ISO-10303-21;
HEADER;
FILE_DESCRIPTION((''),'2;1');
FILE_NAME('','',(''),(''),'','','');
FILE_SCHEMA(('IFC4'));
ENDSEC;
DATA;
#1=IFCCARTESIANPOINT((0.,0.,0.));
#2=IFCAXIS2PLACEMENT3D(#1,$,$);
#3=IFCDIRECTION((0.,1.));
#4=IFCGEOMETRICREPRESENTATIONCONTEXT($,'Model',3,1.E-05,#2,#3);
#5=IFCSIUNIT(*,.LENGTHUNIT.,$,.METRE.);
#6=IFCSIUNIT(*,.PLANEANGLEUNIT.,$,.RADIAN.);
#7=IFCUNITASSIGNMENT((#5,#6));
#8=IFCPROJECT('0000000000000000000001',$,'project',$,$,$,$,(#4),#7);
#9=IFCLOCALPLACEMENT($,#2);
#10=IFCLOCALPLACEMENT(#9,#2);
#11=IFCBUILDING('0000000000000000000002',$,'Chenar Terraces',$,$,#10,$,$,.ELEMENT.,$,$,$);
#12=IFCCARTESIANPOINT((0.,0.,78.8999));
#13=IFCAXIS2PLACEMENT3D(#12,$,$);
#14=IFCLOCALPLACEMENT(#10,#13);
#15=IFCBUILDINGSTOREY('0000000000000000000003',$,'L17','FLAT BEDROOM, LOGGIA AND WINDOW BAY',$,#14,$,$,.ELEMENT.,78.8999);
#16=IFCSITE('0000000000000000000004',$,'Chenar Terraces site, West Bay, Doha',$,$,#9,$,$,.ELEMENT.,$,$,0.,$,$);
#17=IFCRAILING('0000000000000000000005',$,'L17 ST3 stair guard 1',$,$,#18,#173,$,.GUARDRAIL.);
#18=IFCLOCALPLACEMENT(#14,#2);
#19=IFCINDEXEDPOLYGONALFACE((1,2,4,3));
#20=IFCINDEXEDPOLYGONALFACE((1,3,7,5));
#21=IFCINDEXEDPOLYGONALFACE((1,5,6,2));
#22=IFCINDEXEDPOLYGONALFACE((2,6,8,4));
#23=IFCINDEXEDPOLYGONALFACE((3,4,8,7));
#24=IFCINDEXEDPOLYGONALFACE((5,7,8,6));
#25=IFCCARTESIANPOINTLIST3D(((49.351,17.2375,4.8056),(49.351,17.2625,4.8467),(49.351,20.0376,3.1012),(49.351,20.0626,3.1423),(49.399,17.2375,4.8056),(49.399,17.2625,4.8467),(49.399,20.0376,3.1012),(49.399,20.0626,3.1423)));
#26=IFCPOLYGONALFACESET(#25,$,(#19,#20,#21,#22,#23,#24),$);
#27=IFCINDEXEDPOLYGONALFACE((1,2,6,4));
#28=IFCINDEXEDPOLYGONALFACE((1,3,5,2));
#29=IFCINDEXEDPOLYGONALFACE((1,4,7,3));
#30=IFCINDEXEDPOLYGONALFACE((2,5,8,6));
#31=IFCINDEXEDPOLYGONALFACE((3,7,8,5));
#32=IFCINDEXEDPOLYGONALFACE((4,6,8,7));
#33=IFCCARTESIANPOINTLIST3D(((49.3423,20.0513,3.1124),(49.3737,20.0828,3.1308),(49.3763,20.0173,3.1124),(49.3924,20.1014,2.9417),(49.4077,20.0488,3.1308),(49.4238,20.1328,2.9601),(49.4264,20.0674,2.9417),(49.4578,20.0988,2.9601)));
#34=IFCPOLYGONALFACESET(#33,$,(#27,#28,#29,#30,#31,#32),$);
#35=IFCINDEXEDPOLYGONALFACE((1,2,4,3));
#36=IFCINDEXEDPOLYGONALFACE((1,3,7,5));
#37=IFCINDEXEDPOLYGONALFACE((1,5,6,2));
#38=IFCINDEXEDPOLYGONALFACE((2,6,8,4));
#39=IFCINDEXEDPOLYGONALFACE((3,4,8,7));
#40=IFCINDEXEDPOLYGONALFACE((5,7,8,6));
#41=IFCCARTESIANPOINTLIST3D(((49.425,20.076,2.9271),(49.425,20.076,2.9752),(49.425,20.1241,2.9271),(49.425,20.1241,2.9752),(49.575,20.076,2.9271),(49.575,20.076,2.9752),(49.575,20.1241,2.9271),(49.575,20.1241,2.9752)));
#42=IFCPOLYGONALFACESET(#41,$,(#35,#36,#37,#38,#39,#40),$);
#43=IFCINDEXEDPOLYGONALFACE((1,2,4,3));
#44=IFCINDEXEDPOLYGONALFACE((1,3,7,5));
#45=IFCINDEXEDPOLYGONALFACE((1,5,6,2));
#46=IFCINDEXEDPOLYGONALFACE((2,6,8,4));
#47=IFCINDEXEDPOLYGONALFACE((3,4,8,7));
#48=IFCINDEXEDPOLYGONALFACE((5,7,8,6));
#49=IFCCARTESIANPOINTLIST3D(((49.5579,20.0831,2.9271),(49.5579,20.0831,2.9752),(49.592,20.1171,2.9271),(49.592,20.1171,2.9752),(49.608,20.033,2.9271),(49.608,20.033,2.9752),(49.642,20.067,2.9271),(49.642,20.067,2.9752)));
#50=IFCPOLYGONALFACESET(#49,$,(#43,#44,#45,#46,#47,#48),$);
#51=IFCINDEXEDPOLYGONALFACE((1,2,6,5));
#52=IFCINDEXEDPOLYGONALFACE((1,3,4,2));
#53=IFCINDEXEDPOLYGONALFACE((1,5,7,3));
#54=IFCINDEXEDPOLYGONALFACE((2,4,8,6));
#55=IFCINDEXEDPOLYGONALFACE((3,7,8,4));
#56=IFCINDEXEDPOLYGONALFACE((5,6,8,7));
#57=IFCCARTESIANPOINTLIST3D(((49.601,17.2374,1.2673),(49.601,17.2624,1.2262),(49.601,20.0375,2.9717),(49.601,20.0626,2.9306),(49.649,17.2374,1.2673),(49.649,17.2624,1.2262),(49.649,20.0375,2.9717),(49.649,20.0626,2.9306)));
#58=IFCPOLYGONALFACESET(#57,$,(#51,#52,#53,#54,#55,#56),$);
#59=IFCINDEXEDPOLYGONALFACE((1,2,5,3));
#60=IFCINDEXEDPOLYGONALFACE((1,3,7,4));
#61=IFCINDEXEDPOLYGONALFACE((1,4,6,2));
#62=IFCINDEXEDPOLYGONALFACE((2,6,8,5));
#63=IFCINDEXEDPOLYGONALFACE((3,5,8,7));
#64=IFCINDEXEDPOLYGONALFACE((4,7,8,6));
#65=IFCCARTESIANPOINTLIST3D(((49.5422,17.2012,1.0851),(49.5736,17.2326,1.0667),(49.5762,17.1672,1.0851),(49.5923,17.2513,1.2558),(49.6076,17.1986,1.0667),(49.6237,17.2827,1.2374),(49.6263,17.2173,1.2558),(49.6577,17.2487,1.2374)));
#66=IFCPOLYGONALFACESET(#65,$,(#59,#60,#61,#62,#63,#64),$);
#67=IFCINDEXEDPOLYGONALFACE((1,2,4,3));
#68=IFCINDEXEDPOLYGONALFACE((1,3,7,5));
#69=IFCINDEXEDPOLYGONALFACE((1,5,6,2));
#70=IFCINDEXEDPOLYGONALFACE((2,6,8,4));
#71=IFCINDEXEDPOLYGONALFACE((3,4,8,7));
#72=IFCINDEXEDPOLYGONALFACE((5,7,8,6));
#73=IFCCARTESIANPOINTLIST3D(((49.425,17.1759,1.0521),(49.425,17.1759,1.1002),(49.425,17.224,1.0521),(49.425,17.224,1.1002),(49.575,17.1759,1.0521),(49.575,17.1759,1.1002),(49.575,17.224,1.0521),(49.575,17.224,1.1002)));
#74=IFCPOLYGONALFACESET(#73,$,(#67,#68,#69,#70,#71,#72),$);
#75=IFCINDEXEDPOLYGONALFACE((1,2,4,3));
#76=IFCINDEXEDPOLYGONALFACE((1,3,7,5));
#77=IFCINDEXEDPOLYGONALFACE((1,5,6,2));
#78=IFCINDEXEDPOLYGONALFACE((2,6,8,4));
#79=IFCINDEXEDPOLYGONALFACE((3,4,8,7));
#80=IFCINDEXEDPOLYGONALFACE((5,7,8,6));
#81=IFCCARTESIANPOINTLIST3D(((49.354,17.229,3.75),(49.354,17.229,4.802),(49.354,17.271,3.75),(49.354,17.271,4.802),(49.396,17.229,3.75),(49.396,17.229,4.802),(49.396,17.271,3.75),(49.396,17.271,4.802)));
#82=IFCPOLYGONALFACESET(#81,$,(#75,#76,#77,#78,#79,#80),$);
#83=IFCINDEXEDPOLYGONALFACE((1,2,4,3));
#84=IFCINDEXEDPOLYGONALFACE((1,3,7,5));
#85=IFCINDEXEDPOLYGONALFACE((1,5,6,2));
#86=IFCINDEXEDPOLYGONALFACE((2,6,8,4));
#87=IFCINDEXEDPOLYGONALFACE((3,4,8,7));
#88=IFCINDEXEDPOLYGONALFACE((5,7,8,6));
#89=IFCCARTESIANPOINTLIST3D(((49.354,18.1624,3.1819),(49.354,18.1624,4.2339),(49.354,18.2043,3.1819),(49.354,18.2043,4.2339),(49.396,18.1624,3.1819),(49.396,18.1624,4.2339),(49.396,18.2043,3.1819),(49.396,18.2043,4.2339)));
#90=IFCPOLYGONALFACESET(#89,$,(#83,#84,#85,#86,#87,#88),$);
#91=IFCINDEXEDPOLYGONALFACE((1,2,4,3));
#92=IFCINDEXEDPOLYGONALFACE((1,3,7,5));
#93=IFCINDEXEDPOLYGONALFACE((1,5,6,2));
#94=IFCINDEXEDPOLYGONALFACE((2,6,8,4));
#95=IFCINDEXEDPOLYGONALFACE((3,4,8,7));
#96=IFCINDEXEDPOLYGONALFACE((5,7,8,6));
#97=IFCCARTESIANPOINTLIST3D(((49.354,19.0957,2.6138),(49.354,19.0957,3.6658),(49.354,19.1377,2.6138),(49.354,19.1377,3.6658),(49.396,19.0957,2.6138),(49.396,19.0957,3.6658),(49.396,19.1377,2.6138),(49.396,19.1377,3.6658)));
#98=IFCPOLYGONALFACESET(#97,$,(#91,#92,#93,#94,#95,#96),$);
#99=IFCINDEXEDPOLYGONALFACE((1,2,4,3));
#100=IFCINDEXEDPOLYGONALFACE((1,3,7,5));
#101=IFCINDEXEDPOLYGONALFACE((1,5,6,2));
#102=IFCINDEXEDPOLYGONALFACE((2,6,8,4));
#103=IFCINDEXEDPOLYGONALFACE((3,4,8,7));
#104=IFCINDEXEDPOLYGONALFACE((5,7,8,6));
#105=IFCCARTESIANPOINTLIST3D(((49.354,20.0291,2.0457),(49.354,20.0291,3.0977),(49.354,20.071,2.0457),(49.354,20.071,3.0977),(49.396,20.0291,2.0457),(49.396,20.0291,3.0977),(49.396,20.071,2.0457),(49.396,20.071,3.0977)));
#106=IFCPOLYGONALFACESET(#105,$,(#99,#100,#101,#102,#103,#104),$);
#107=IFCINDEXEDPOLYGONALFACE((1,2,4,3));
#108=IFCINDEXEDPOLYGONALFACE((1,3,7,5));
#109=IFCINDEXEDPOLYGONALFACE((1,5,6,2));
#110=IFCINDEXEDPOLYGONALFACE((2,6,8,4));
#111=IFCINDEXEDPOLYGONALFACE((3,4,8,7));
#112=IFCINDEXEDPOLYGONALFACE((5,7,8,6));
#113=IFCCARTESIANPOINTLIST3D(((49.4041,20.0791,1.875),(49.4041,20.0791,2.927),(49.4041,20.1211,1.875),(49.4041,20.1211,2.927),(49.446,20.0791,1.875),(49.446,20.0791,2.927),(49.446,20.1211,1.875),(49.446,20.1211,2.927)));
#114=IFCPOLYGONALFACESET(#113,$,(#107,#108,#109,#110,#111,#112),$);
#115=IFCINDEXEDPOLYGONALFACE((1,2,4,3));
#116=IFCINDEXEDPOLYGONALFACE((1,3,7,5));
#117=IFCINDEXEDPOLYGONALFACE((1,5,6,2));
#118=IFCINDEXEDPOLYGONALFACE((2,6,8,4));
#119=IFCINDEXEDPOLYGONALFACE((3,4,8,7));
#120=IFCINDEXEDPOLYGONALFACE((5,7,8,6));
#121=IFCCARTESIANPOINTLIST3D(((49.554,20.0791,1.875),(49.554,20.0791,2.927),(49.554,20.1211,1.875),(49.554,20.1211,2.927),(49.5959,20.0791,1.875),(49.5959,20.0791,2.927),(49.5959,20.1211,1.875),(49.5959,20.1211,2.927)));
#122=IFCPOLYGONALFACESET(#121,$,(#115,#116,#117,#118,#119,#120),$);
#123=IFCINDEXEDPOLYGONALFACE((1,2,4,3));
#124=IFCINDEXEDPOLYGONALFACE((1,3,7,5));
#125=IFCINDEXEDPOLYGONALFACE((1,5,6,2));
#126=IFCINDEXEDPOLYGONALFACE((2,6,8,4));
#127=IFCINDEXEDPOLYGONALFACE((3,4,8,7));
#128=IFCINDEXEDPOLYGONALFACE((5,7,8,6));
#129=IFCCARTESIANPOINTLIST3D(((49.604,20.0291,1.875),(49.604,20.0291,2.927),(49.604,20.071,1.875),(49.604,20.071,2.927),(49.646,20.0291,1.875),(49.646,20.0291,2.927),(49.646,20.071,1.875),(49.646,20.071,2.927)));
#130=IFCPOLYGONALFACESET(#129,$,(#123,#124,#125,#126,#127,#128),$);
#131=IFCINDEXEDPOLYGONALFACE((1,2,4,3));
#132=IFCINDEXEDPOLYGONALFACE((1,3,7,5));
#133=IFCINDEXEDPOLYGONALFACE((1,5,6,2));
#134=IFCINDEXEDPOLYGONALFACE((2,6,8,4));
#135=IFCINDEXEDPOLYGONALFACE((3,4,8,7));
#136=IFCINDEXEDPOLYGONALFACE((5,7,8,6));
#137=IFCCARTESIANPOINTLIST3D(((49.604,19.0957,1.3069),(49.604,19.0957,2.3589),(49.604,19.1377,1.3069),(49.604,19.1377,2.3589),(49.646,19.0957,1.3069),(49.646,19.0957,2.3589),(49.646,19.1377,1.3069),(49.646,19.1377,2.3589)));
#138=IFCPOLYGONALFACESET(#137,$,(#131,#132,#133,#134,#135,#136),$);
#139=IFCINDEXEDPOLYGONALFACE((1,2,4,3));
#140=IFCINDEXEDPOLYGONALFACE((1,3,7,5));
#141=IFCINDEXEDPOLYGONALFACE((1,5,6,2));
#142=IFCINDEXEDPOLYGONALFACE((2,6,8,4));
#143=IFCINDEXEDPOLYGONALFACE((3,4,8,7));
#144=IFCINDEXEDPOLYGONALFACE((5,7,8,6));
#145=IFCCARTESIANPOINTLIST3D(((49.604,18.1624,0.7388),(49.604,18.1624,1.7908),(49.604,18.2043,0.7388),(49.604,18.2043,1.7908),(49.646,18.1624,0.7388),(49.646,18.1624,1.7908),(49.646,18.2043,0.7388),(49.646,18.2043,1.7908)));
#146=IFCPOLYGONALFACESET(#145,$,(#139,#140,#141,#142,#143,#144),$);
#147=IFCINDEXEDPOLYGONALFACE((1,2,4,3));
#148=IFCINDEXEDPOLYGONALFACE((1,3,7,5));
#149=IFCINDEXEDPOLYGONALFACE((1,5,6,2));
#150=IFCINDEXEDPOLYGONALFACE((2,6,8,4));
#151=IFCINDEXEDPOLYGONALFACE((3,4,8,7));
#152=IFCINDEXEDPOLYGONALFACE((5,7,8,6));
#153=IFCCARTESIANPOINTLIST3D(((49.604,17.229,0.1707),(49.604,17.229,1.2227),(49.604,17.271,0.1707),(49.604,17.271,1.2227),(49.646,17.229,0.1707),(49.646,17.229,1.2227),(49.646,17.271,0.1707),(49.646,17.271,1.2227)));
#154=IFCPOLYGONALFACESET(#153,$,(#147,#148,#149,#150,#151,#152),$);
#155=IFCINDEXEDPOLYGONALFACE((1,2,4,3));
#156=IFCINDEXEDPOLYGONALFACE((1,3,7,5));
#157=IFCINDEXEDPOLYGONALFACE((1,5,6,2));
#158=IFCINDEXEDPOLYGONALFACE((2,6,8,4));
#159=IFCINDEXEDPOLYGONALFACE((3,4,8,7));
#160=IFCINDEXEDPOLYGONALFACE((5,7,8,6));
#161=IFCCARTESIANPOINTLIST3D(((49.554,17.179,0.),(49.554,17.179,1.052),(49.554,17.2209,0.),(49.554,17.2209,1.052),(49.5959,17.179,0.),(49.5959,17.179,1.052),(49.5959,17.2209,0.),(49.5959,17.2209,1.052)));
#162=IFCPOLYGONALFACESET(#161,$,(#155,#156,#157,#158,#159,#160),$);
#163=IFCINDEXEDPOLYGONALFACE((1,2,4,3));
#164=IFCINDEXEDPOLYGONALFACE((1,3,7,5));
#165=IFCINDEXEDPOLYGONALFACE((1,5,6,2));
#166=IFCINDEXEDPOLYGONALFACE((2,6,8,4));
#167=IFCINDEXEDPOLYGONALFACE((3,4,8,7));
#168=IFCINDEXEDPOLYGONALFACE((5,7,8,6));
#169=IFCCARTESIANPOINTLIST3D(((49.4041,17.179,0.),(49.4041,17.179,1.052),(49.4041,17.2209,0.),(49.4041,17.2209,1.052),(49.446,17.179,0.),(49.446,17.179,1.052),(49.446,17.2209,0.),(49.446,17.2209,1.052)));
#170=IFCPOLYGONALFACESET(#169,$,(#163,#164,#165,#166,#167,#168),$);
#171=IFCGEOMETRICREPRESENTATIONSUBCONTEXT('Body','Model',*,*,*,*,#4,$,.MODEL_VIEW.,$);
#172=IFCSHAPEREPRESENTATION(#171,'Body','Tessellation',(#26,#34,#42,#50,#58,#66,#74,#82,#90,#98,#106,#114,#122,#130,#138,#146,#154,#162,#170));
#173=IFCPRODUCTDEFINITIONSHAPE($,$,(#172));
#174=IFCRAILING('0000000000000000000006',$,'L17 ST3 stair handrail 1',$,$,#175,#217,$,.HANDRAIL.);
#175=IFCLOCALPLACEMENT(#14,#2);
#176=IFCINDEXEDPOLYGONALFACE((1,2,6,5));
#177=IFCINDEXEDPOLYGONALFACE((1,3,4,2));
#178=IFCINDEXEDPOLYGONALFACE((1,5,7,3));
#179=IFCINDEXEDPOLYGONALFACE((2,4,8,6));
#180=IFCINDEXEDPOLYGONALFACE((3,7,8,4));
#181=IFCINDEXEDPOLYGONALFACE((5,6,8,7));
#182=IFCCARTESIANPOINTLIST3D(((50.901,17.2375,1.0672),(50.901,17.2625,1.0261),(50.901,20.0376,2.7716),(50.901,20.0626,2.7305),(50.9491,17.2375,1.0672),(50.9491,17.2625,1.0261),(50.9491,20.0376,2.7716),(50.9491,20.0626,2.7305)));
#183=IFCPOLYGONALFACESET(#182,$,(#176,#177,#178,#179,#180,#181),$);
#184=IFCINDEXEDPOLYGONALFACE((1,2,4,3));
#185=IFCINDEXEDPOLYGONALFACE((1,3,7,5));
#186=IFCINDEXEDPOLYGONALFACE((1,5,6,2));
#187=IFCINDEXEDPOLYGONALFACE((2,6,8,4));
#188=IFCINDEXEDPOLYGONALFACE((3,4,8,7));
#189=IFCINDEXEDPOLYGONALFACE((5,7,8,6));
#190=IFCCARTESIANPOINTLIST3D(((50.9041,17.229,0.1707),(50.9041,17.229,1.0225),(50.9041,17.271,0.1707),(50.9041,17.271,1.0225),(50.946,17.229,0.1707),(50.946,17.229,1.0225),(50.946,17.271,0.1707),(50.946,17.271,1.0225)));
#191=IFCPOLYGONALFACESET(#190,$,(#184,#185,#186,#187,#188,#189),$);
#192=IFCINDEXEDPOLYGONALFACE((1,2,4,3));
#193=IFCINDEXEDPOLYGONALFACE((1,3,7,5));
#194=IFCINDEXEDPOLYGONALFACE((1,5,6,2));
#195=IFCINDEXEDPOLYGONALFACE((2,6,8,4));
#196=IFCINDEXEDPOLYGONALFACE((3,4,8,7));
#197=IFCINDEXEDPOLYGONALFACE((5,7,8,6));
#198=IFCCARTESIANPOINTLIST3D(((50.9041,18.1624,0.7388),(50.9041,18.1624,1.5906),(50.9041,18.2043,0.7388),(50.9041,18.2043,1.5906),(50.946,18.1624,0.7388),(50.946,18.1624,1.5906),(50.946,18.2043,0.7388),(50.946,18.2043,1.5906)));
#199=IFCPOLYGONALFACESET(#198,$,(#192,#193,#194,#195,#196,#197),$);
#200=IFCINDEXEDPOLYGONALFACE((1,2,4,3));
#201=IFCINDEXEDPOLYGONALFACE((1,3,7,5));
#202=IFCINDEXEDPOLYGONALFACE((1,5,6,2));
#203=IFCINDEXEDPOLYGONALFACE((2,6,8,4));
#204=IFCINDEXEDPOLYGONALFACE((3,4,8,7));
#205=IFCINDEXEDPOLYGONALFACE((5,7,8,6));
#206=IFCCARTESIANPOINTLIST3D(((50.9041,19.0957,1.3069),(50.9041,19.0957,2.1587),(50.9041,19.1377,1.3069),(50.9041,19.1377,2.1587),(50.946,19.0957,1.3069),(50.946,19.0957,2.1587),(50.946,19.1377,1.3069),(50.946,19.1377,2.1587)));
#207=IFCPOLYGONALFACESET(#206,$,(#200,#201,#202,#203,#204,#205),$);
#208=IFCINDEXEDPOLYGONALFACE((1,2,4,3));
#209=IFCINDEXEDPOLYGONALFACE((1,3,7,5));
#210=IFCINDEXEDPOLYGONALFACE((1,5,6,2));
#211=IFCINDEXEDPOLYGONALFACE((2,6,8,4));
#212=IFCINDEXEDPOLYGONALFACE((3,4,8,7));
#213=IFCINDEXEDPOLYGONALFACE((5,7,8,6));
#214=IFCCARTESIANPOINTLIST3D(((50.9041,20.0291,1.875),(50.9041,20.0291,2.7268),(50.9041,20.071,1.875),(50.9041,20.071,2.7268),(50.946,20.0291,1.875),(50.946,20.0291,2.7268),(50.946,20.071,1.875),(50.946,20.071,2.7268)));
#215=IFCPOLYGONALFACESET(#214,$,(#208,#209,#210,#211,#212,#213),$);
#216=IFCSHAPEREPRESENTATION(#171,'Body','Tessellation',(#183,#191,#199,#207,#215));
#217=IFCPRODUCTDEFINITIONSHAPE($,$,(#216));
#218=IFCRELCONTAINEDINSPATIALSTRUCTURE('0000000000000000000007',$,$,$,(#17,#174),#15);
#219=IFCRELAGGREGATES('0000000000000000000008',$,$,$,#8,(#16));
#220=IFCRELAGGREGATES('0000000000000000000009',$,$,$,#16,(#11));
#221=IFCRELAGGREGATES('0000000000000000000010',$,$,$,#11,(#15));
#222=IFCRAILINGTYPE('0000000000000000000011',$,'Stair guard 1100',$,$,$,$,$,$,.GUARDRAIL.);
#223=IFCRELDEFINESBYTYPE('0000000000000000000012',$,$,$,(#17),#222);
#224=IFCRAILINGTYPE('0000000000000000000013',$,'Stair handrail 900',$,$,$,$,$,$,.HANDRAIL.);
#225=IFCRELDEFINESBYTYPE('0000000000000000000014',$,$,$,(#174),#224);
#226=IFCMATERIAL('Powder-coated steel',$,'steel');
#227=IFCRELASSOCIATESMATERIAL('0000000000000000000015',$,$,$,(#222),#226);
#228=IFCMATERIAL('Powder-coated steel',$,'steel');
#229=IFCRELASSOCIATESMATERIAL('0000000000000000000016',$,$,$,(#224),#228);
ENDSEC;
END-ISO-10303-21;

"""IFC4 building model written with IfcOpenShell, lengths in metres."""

from ifc_helpers import new_model, si_unit, direction, frame, origin, origin_2d, place, context, subcontext, project, spatial, rectangle, extrude, material, type_object, element, save


model = new_model("IFC4")

# Units and contexts
model_context = context("Model", 3, precision=1e-05, world=origin(), true_north=direction((0.0, 1.0)))
body_context = subcontext(model_context, "Body", "Model", "MODEL_VIEW")
ifc_project = project(units=[si_unit("LENGTHUNIT", "METRE"), si_unit("PLANEANGLEUNIT", "RADIAN")], contexts=[model_context])

# Site, building, storey
site_placement = place(None, origin())
site = spatial("IfcSite", under=ifc_project, at=site_placement, Name="Chenar Terraces site, West Bay, Doha", CompositionType="ELEMENT", RefElevation=0.0)
building_placement = place(site_placement, origin())
building = spatial("IfcBuilding", under=site, at=building_placement, Name="Chenar Terraces", CompositionType="ELEMENT")
storey_placement = place(building_placement, frame((0.0, 0.0, 78.8999)))
storey = spatial("IfcBuildingStorey", under=building, at=storey_placement, Name="L17", Description="FLAT BEDROOM, LOGGIA AND WINDOW BAY", CompositionType="ELEMENT", Elevation=78.8999)

# Railings
ifc_material_1 = material(Name="Powder-coated steel", Category="steel")
railing_type_1 = type_object("IfcRailingType", Name="Stair guard 1100", PredefinedType="GUARDRAIL", material=ifc_material_1)
railing_1_placement = place(storey_placement, frame((49.375, 17.25, 3.75)))
element("IfcRailing", 1, at=railing_1_placement, inside=storey, type_object=railing_type_1, Name="L17 ST3 stair guard 1", PredefinedType="GUARDRAIL", context=body_context, shape_type="SweptSolid", body=[
    extrude(rectangle(XDim=0.0481, YDim=0.0481, at=origin_2d()), frame((0.0, 0.0, 1.0762), z_axis=(0.0, 0.854203, -0.51994), x_axis=(-1.0, 0.0, 0.0)), (0.0, 0.0, 1.0), 3.2781),
    extrude(rectangle(XDim=0.0481, YDim=0.0481, at=origin_2d()), frame((0.0, 2.8, -0.6284), z_axis=(0.2709, 0.2709, -0.923703), x_axis=(-0.707107, 0.707107, 0.0)), (0.0, 0.0, 1.0), 0.1848),
    extrude(rectangle(XDim=0.0481, YDim=0.0481, at=origin_2d()), frame((0.05, 2.8501, -0.7988), z_axis=(1.0, 0.0, 0.0), x_axis=(0.0, 1.0, 0.0)), (0.0, 0.0, 1.0), 0.1499),
    extrude(rectangle(XDim=0.0481, YDim=0.0481, at=origin_2d()), frame((0.2, 2.8501, -0.7988), z_axis=(0.707107, -0.707107, 0.0), x_axis=(0.707107, 0.707107, 0.0)), (0.0, 0.0, 1.0), 0.0708),
    extrude(rectangle(XDim=0.0481, YDim=0.0481, at=origin_2d()), frame((0.25, 2.8, -0.7988), z_axis=(0.0, -0.854203, -0.51994), x_axis=(1.0, 0.0, 0.0)), (0.0, 0.0, 1.0), 3.2781),
    extrude(rectangle(XDim=0.0481, YDim=0.0481, at=origin_2d()), frame((0.25, 0.0, -2.5034), z_axis=(-0.2709, -0.2709, -0.923703), x_axis=(0.707107, -0.707107, 0.0)), (0.0, 0.0, 1.0), 0.1848),
    extrude(rectangle(XDim=0.0481, YDim=0.0481, at=origin_2d()), frame((0.2, -0.05, -2.6738), z_axis=(-1.0, 0.0, 0.0), x_axis=(0.0, -1.0, 0.0)), (0.0, 0.0, 1.0), 0.1499),
    extrude(rectangle(XDim=0.042, YDim=0.042, at=origin_2d()), origin(), (0.0, 0.0, 1.0), 1.052),
    extrude(rectangle(XDim=0.042, YDim=0.042, at=origin_2d()), frame((0.0, 0.9333, -0.5681)), (0.0, 0.0, 1.0), 1.052),
    extrude(rectangle(XDim=0.042, YDim=0.042, at=origin_2d()), frame((0.0, 1.8667, -1.1362)), (0.0, 0.0, 1.0), 1.052),
    extrude(rectangle(XDim=0.042, YDim=0.042, at=origin_2d()), frame((0.0, 2.8, -1.7043)), (0.0, 0.0, 1.0), 1.052),
    extrude(rectangle(XDim=0.042, YDim=0.042, at=origin_2d()), frame((0.05, 2.8501, -1.875)), (0.0, 0.0, 1.0), 1.052),
    extrude(rectangle(XDim=0.042, YDim=0.042, at=origin_2d()), frame((0.2, 2.8501, -1.875)), (0.0, 0.0, 1.0), 1.052),
    extrude(rectangle(XDim=0.042, YDim=0.042, at=origin_2d()), frame((0.25, 2.8, -1.875)), (0.0, 0.0, 1.0), 1.052),
    extrude(rectangle(XDim=0.042, YDim=0.042, at=origin_2d()), frame((0.25, 1.8667, -2.4431)), (0.0, 0.0, 1.0), 1.052),
    extrude(rectangle(XDim=0.042, YDim=0.042, at=origin_2d()), frame((0.25, 0.9333, -3.0112)), (0.0, 0.0, 1.0), 1.052),
    extrude(rectangle(XDim=0.042, YDim=0.042, at=origin_2d()), frame((0.25, 0.0, -3.5793)), (0.0, 0.0, 1.0), 1.052),
    extrude(rectangle(XDim=0.042, YDim=0.042, at=origin_2d()), frame((0.2, -0.05, -3.75)), (0.0, 0.0, 1.0), 1.052),
    extrude(rectangle(XDim=0.042, YDim=0.042, at=origin_2d()), frame((0.05, -0.05, -3.75)), (0.0, 0.0, 1.0), 1.052),
])
ifc_material_2 = material(Name="Powder-coated steel", Category="steel")
railing_type_2 = type_object("IfcRailingType", Name="Stair handrail 900", PredefinedType="HANDRAIL", material=ifc_material_2)
railing_2_placement = place(storey_placement, frame((50.925, 17.25, 0.1707)))
element("IfcRailing", 2, at=railing_2_placement, inside=storey, type_object=railing_type_2, Name="L17 ST3 stair handrail 1", PredefinedType="HANDRAIL", context=body_context, shape_type="SweptSolid", body=[
    extrude(rectangle(XDim=0.0481, YDim=0.0481, at=origin_2d()), frame((0.0, 0.0, 0.876), z_axis=(0.0, 0.854203, 0.51994), x_axis=(-1.0, 0.0, 0.0)), (0.0, 0.0, 1.0), 3.2781),
    extrude(rectangle(XDim=0.042, YDim=0.042, at=origin_2d()), origin(), (0.0, 0.0, 1.0), 0.8518),
    extrude(rectangle(XDim=0.042, YDim=0.042, at=origin_2d()), frame((0.0, 0.9333, 0.5681)), (0.0, 0.0, 1.0), 0.8518),
    extrude(rectangle(XDim=0.042, YDim=0.042, at=origin_2d()), frame((0.0, 1.8667, 1.1362)), (0.0, 0.0, 1.0), 0.8518),
    extrude(rectangle(XDim=0.042, YDim=0.042, at=origin_2d()), frame((0.0, 2.8, 1.7043)), (0.0, 0.0, 1.0), 0.8518),
])

save(model, "model.ifc")
